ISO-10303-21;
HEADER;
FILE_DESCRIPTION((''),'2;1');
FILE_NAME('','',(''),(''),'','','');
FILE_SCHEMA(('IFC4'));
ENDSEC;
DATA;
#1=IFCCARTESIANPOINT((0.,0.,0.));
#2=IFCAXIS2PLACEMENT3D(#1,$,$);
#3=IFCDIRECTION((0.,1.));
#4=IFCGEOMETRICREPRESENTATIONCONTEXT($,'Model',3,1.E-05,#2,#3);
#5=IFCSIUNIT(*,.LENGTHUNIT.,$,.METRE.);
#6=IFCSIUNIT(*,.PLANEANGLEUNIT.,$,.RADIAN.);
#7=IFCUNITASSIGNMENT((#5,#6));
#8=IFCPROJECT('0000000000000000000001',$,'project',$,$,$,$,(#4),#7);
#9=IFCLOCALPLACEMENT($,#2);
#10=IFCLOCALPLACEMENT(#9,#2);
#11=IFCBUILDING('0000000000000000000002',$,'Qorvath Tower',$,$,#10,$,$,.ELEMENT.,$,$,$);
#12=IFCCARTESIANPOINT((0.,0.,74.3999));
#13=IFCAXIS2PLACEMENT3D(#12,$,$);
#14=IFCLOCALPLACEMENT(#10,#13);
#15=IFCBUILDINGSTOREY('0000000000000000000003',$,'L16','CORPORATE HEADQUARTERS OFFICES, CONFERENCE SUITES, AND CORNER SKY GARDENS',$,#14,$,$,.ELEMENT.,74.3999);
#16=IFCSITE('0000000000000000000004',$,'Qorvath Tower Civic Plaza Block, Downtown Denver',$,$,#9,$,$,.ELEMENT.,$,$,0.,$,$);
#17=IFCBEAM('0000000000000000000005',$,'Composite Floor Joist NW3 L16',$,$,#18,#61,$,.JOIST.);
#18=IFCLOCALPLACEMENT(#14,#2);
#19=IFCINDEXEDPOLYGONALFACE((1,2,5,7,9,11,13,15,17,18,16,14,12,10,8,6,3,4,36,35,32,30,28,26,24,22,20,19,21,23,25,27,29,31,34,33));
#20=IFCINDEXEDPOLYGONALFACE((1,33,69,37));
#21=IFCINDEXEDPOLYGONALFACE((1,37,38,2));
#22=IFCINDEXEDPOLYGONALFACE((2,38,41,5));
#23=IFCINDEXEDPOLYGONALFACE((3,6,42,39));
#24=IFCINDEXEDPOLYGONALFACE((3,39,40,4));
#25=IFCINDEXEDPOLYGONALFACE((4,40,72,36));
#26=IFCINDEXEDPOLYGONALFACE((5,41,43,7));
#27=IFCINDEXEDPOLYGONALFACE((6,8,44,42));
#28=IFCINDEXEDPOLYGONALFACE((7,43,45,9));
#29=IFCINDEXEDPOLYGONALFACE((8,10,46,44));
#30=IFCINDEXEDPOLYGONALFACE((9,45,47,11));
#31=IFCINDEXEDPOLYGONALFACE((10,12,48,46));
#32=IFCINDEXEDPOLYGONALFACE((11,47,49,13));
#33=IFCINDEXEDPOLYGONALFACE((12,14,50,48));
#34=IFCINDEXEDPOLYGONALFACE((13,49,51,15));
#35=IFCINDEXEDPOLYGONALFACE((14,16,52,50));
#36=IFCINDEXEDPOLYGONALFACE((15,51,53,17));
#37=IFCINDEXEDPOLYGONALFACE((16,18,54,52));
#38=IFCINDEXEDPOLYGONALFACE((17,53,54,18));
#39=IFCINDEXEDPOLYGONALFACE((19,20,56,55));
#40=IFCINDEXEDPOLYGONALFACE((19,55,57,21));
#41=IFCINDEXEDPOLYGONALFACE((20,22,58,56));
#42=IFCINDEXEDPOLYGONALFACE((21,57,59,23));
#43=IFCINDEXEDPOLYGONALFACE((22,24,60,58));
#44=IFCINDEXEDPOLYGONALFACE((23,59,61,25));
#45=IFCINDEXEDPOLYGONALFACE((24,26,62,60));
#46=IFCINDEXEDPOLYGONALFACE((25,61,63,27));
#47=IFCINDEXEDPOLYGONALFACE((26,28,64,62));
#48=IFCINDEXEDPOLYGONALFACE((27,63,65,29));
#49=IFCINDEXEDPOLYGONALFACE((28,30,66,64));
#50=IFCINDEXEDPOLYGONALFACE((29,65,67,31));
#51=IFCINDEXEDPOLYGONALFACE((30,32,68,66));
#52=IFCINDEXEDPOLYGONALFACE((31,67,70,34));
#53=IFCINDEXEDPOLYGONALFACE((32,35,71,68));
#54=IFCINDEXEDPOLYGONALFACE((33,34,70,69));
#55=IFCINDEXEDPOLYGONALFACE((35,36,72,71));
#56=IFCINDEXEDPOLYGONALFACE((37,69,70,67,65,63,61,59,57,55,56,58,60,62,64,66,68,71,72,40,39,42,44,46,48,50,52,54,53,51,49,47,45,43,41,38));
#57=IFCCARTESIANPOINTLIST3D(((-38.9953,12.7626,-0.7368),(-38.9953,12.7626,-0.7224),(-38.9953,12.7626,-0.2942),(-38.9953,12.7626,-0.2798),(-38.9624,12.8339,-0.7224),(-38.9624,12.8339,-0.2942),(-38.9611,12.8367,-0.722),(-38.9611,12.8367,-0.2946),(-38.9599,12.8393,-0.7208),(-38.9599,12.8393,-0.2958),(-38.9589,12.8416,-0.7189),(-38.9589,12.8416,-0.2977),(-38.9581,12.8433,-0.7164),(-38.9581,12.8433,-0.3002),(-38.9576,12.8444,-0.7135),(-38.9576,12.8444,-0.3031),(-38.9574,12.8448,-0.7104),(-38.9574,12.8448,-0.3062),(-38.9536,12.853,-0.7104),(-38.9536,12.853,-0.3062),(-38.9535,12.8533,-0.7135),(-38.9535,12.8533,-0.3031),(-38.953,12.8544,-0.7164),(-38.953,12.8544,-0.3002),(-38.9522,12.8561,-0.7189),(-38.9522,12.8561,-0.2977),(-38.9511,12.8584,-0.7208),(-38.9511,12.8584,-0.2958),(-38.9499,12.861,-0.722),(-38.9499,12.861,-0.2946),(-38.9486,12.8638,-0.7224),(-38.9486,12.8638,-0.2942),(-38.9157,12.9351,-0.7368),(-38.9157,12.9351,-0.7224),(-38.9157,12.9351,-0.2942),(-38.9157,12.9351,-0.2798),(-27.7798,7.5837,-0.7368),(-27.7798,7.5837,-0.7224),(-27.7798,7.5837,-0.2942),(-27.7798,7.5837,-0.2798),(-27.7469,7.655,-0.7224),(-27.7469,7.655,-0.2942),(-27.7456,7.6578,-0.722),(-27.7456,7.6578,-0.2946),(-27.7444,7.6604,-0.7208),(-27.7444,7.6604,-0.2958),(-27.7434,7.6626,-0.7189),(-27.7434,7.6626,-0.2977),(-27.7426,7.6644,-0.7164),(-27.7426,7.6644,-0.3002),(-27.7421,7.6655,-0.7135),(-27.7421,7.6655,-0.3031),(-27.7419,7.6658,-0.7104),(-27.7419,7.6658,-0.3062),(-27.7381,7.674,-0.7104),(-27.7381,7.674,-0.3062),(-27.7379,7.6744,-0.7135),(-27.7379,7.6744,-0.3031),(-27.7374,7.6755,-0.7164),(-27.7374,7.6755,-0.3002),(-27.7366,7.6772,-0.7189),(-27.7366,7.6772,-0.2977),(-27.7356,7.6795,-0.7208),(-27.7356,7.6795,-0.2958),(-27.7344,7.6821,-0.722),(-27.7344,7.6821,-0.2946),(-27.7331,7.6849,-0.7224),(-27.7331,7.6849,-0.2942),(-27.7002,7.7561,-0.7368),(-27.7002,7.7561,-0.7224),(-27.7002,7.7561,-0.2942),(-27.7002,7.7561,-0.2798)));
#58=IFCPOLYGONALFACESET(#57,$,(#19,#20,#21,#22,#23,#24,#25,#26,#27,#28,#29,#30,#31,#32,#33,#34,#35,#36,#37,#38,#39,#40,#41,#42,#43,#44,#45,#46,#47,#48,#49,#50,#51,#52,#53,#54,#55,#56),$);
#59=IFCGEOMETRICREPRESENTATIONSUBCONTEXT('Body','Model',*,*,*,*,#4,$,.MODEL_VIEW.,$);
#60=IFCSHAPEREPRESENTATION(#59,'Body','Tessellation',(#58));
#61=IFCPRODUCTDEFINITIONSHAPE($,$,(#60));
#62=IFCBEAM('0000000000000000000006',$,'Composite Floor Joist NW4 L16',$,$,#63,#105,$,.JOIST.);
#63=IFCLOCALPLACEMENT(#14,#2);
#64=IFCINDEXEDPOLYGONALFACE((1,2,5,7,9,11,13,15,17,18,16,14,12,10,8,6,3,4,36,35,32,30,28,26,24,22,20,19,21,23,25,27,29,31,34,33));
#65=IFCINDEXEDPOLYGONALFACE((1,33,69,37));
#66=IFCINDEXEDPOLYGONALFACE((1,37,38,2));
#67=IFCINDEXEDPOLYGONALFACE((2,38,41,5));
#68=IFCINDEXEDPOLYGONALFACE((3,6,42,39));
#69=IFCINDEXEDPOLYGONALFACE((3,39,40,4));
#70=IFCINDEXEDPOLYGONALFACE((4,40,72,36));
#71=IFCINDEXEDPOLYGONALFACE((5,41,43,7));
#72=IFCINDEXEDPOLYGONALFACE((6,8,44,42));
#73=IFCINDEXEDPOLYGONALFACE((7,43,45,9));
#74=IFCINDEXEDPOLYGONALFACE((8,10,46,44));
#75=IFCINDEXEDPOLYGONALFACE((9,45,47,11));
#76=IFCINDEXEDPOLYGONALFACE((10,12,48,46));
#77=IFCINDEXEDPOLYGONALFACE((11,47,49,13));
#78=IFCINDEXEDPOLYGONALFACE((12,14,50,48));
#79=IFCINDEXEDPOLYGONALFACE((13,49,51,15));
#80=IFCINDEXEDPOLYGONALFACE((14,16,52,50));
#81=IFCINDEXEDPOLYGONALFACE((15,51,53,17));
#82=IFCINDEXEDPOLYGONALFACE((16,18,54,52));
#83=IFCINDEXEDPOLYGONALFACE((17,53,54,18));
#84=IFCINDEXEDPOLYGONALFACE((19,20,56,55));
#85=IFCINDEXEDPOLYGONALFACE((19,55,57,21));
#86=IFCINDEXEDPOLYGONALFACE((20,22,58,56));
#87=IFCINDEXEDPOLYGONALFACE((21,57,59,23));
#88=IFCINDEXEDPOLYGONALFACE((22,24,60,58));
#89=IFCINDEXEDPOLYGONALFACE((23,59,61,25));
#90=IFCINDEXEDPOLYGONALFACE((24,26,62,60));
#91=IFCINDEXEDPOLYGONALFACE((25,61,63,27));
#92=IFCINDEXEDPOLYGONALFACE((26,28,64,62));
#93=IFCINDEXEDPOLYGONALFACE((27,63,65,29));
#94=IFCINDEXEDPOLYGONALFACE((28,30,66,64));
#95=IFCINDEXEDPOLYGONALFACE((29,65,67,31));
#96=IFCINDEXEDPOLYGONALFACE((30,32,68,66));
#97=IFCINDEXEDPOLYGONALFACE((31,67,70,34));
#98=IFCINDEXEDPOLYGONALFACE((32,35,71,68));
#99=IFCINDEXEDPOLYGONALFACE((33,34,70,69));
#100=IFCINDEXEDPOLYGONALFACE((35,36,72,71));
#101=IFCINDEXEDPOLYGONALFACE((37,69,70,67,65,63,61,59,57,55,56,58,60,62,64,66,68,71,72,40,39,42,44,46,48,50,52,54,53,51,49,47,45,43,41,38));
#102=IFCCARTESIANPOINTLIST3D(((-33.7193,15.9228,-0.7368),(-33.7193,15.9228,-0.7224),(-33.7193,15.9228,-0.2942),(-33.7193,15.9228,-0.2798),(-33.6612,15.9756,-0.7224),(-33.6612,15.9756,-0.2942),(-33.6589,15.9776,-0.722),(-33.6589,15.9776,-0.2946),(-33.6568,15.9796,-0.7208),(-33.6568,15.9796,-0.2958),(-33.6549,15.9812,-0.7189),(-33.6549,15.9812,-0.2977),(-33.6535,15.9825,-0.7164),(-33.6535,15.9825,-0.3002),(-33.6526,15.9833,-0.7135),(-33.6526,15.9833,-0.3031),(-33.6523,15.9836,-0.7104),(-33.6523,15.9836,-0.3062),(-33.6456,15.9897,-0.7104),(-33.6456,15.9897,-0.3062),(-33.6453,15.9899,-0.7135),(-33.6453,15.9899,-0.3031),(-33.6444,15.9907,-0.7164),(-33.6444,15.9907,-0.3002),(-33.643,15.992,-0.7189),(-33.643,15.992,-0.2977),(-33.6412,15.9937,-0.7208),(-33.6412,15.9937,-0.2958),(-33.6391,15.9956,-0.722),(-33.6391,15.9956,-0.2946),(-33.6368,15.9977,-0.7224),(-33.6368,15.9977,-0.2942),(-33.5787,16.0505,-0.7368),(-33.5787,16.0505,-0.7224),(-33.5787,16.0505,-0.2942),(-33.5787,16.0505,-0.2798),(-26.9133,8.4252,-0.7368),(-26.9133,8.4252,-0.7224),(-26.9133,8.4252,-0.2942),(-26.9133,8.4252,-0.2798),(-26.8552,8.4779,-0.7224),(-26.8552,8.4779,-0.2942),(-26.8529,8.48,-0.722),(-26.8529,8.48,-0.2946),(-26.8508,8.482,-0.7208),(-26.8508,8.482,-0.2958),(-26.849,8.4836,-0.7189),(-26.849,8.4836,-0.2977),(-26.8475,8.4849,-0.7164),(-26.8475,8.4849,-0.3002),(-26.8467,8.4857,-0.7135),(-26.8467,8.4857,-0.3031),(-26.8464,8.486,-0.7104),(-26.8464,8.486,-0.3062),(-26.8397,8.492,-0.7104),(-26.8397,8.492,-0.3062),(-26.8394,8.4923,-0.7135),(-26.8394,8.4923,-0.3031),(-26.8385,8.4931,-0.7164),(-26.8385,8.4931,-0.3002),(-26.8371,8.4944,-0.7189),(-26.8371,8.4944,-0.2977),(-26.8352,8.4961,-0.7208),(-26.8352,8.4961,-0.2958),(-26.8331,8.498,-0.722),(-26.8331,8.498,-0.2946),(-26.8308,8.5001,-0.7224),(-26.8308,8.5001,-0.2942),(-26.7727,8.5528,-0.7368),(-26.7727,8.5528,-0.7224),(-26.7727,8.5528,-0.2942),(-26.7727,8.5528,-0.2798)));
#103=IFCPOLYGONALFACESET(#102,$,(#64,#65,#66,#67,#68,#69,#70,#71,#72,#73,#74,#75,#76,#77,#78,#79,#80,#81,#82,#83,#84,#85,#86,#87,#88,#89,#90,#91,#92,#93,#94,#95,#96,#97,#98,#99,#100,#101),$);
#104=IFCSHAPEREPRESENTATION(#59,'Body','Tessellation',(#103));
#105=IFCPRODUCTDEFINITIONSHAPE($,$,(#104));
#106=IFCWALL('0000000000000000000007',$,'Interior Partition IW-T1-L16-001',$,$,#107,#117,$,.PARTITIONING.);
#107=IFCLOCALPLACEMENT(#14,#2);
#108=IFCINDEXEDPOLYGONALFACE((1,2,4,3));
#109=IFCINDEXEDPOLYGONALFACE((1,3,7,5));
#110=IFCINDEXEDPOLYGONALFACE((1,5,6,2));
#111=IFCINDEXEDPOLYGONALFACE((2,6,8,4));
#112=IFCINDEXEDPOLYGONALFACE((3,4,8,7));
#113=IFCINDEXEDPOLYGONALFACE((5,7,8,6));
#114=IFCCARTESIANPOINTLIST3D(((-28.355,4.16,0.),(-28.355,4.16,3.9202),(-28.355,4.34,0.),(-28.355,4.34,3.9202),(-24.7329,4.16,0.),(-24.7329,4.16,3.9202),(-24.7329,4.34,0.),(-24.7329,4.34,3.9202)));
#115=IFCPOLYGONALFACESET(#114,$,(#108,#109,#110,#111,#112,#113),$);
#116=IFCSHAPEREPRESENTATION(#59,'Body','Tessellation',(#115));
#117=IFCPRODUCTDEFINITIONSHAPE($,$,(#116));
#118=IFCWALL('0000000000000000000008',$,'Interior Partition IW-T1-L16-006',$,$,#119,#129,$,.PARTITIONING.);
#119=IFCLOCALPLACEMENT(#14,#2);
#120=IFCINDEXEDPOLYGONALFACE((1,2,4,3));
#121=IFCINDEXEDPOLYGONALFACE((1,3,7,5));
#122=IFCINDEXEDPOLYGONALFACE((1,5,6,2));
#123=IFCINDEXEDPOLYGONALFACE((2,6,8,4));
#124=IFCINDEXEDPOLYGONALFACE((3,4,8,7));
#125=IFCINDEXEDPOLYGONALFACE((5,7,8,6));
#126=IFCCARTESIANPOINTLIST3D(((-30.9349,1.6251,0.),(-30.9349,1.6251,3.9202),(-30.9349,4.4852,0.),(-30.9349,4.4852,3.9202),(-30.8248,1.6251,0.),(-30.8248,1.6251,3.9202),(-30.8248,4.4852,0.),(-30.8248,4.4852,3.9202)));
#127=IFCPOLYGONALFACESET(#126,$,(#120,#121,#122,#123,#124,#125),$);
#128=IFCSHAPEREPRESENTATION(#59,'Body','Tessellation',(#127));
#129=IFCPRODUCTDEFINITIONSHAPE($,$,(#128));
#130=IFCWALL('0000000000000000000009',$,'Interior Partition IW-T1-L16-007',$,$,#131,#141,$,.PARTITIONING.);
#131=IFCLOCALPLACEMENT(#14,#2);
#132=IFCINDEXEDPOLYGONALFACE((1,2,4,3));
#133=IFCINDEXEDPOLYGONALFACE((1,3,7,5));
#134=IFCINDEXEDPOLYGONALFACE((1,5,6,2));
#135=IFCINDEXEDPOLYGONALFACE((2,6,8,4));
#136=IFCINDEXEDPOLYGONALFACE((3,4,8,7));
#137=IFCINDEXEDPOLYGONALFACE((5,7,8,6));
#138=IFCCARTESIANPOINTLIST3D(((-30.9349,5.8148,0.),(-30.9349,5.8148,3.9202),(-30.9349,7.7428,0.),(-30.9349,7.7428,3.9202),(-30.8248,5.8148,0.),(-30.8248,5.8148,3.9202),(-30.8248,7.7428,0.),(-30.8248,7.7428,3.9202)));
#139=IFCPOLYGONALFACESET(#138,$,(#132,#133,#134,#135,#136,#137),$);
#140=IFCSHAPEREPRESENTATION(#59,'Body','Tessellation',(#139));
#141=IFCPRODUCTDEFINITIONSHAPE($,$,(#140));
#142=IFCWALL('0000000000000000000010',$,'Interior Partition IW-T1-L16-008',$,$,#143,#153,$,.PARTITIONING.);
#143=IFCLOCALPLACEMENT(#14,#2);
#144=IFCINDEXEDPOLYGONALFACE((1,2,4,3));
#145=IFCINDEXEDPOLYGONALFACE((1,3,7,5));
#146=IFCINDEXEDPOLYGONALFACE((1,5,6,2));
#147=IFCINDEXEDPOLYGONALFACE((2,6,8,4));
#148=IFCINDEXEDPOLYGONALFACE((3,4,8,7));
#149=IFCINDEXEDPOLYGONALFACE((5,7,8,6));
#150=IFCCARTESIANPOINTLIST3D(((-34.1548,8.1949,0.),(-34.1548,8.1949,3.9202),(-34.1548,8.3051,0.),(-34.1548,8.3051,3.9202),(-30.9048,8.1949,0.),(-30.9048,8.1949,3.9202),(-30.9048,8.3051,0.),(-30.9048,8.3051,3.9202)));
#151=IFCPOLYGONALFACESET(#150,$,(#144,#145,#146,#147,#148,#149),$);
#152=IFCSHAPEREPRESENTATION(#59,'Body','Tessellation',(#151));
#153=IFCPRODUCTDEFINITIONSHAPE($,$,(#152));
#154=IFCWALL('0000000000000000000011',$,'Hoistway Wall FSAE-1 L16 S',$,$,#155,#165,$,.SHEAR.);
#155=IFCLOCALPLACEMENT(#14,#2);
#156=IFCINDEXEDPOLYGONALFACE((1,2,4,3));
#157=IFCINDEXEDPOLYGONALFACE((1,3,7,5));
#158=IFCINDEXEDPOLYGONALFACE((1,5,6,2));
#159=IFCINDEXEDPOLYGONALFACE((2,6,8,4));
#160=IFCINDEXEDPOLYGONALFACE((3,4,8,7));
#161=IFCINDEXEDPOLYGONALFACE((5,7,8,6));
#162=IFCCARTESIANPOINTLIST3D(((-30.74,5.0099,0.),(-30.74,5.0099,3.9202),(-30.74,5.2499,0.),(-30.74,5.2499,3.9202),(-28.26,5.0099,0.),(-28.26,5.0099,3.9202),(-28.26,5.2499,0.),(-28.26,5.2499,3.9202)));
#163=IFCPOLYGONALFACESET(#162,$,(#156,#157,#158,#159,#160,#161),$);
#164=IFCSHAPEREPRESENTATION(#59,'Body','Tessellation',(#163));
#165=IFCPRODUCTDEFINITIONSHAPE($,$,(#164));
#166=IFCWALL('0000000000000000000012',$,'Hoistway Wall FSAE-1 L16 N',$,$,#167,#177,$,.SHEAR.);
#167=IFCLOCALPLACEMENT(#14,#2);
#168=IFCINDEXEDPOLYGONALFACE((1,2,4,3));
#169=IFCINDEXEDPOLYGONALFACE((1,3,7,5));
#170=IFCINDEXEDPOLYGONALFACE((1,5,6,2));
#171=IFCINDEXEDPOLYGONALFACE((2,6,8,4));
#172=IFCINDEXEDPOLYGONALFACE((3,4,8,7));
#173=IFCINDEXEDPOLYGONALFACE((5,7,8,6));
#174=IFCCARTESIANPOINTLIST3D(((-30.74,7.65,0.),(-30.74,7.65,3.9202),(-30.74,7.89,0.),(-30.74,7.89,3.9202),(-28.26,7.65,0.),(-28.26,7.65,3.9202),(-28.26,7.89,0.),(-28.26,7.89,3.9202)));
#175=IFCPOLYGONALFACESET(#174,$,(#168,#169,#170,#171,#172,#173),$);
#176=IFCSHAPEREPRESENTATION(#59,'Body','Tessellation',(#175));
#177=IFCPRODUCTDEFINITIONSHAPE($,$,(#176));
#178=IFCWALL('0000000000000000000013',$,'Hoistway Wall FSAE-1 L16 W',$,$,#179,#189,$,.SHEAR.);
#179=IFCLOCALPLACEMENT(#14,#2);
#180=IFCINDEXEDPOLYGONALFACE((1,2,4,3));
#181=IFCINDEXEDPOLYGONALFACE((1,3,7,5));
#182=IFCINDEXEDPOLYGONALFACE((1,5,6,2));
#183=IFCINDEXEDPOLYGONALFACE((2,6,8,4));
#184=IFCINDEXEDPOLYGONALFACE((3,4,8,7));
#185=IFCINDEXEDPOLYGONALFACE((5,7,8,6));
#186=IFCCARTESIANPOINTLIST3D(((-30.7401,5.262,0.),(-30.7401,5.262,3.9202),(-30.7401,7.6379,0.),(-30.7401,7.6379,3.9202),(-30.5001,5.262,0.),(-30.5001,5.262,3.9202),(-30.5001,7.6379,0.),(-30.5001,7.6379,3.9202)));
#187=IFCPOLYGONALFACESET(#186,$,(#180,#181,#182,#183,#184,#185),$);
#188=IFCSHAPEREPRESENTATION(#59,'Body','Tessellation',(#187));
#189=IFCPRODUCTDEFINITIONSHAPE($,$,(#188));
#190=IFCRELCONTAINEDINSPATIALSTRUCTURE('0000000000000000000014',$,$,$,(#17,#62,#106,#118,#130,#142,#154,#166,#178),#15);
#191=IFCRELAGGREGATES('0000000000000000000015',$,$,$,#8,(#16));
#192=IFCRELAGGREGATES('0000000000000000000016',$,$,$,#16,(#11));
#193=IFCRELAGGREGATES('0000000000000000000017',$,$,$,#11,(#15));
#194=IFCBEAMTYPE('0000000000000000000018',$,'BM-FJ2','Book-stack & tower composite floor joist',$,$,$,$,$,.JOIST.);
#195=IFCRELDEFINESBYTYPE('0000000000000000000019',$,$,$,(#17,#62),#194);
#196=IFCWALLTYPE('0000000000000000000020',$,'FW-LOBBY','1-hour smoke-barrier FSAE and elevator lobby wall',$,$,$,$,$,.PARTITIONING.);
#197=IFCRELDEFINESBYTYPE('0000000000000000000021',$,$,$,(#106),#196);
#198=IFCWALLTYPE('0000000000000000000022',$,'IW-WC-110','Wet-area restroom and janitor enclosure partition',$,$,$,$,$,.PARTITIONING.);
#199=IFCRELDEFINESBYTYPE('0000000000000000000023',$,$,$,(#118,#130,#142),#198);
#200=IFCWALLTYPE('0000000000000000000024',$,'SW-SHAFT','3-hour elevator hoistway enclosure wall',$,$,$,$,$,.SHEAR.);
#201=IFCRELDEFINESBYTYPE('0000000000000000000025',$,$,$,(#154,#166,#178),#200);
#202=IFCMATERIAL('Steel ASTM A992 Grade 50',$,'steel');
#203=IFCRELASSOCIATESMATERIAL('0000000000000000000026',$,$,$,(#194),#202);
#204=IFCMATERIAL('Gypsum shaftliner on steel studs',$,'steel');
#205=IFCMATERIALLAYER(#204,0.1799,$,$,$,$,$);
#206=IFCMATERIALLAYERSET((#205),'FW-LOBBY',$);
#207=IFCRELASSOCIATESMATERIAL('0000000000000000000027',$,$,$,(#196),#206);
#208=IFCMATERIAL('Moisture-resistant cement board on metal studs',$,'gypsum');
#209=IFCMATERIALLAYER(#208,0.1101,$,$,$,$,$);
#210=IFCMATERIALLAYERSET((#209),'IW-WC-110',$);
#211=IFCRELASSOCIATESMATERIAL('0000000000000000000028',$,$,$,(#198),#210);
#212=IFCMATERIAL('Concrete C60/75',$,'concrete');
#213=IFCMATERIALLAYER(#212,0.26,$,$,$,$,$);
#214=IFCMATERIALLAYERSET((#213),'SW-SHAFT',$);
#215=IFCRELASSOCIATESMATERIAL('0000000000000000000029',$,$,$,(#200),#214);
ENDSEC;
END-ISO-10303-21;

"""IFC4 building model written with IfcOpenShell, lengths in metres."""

from ifc_helpers import new_model, si_unit, direction, frame, frame_2d, origin, origin_2d, place, context, subcontext, project, spatial, rectangle, i_section, extrude, material, layer, layer_set, material_profile, profile_set, type_object, element, save


model = new_model("IFC4")

# Units and contexts
model_context = context("Model", 3, precision=1e-05, world=origin(), true_north=direction((0.0, 1.0)))
body_context = subcontext(model_context, "Body", "Model", "MODEL_VIEW")
ifc_project = project(units=[si_unit("LENGTHUNIT", "METRE"), si_unit("PLANEANGLEUNIT", "RADIAN")], contexts=[model_context])

# Site, building, storey
site_placement = place(None, origin())
site = spatial("IfcSite", under=ifc_project, at=site_placement, Name="Qorvath Tower Civic Plaza Block, Downtown Denver", CompositionType="ELEMENT", RefElevation=0.0)
building_placement = place(site_placement, origin())
building = spatial("IfcBuilding", under=site, at=building_placement, Name="Qorvath Tower", CompositionType="ELEMENT")
storey_placement = place(building_placement, frame((0.0, 0.0, 74.3999)))
storey = spatial("IfcBuildingStorey", under=building, at=storey_placement, Name="L16", Description="CORPORATE HEADQUARTERS OFFICES, CONFERENCE SUITES, AND CORNER SKY GARDENS", CompositionType="ELEMENT", Elevation=74.3999)

# Beams
ifc_material_1 = material(Name="Steel ASTM A992 Grade 50", Category="steel")
ifc_material_profile_1 = material_profile(ifc_material_1, i_section(OverallWidth=0.1899, OverallDepth=0.457, WebThickness=0.009, FlangeThickness=0.0144, FilletRadius=0.012, at=origin_2d()), Name="W18x50")
ifc_profile_set_1 = profile_set([ifc_material_profile_1], Name="Steel ASTM A992 Grade 50")
beam_type_1 = type_object("IfcBeamType", Name="BM-FJ2", Description="Book-stack & tower composite floor joist", PredefinedType="JOIST", material=ifc_profile_set_1)
beam_1_placement = place(storey_placement, frame((-27.74, 7.6699, -0.5083), z_axis=(-0.907881, 0.419227, 0.0), x_axis=(-0.419227, -0.907881, 0.0)))
element("IfcBeam", 1, at=beam_1_placement, inside=storey, type_object=beam_type_1, Name="Composite Floor Joist NW3 L16", PredefinedType="JOIST", context=body_context, shape_type="SweptSolid", body=[
    extrude(i_section(OverallWidth=0.1899, OverallDepth=0.457, WebThickness=0.009, FlangeThickness=0.0144, FilletRadius=0.012, at=origin_2d()), origin(), (0.0, 0.0, 1.0), 12.3535),
])
beam_2_placement = place(storey_placement, frame((-26.843, 8.489, -0.5083), z_axis=(-0.672129, 0.740434, 0.0), x_axis=(-0.740434, -0.672129, 0.0)))
element("IfcBeam", 2, at=beam_2_placement, inside=storey, type_object=beam_type_1, Name="Composite Floor Joist NW4 L16", PredefinedType="JOIST", context=body_context, shape_type="SweptSolid", body=[
    extrude(i_section(OverallWidth=0.1899, OverallDepth=0.457, WebThickness=0.009, FlangeThickness=0.0144, FilletRadius=0.012, at=origin_2d()), origin(), (0.0, 0.0, 1.0), 10.126),
])

# Wall
ifc_material_2 = material(Name="Gypsum shaftliner on steel studs", Category="steel")
ifc_layer_1 = layer(ifc_material_2, 0.1799)
ifc_layer_set_1 = layer_set([ifc_layer_1], Name="FW-LOBBY")
wall_type_1 = type_object("IfcWallType", Name="FW-LOBBY", Description="1-hour smoke-barrier FSAE and elevator lobby wall", PredefinedType="PARTITIONING", material=ifc_layer_set_1)
wall_1_placement = place(storey_placement, frame((-28.355, 4.25, 0.0), z_axis=(0.0, 0.0, 1.0), x_axis=(1.0, 0.0, 0.0)))
element("IfcWall", 3, at=wall_1_placement, inside=storey, type_object=wall_type_1, Name="Interior Partition IW-T1-L16-001", PredefinedType="PARTITIONING", context=body_context, shape_type="SweptSolid", body=[
    extrude(rectangle(XDim=3.6221, YDim=0.1799, at=frame_2d((1.811, 0.0))), origin(), (0.0, 0.0, 1.0), 3.9202),
])

# Walls
ifc_material_3 = material(Name="Moisture-resistant cement board on metal studs", Category="gypsum")
ifc_layer_2 = layer(ifc_material_3, 0.1101)
ifc_layer_set_2 = layer_set([ifc_layer_2], Name="IW-WC-110")
wall_type_2 = type_object("IfcWallType", Name="IW-WC-110", Description="Wet-area restroom and janitor enclosure partition", PredefinedType="PARTITIONING", material=ifc_layer_set_2)
wall_2_placement = place(storey_placement, frame((-30.8799, 1.625, 0.0), z_axis=(0.0, 0.0, 1.0), x_axis=(0.0, 1.0, 0.0)))
element("IfcWall", 4, at=wall_2_placement, inside=storey, type_object=wall_type_2, Name="Interior Partition IW-T1-L16-006", PredefinedType="PARTITIONING", context=body_context, shape_type="SweptSolid", body=[
    extrude(rectangle(XDim=2.8601, YDim=0.1101, at=frame_2d((1.4302, 0.0))), origin(), (0.0, 0.0, 1.0), 3.9202),
])
wall_3_placement = place(storey_placement, frame((-30.8799, 5.8149, 0.0), z_axis=(0.0, 0.0, 1.0), x_axis=(0.0, 1.0, 0.0)))
element("IfcWall", 5, at=wall_3_placement, inside=storey, type_object=wall_type_2, Name="Interior Partition IW-T1-L16-007", PredefinedType="PARTITIONING", context=body_context, shape_type="SweptSolid", body=[
    extrude(rectangle(XDim=1.928, YDim=0.1101, at=frame_2d((0.9639, 0.0))), origin(), (0.0, 0.0, 1.0), 3.9202),
])
wall_4_placement = place(storey_placement, frame((-30.9048, 8.25, 0.0), z_axis=(0.0, 0.0, 1.0), x_axis=(-1.0, 0.0, 0.0)))
element("IfcWall", 6, at=wall_4_placement, inside=storey, type_object=wall_type_2, Name="Interior Partition IW-T1-L16-008", PredefinedType="PARTITIONING", context=body_context, shape_type="SweptSolid", body=[
    extrude(rectangle(XDim=3.25, YDim=0.1101, at=frame_2d((1.625, 0.0))), origin(), (0.0, 0.0, 1.0), 3.9202),
])
ifc_material_4 = material(Name="Concrete C60/75", Category="concrete")
ifc_layer_3 = layer(ifc_material_4, 0.26)
ifc_layer_set_3 = layer_set([ifc_layer_3], Name="SW-SHAFT")
wall_type_3 = type_object("IfcWallType", Name="SW-SHAFT", Description="3-hour elevator hoistway enclosure wall", PredefinedType="SHEAR", material=ifc_layer_set_3)
for number, where, z_axis, x_axis, name in (
    (7, (-28.26, 5.1299, 0.0), (0.0, 0.0, 1.0), (-1.0, 0.0, 0.0), "Hoistway Wall FSAE-1 L16 S"),
    (8, (-30.74, 7.77, 0.0), (0.0, 0.0, 1.0), (1.0, 0.0, 0.0), "Hoistway Wall FSAE-1 L16 N"),
):
    element("IfcWall", number, at=place(storey_placement, frame(where, z_axis=z_axis, x_axis=x_axis)), inside=storey, type_object=wall_type_3, Name=name, PredefinedType="SHEAR", context=body_context, shape_type="SweptSolid", body=[
        extrude(rectangle(XDim=2.48, YDim=0.24, at=frame_2d((1.24, 0.0))), origin(), (0.0, 0.0, 1.0), 3.9202),
    ])
wall_5_placement = place(storey_placement, frame((-30.6201, 5.262, 0.0), z_axis=(0.0, 0.0, 1.0), x_axis=(0.0, 1.0, 0.0)))
element("IfcWall", 9, at=wall_5_placement, inside=storey, type_object=wall_type_3, Name="Hoistway Wall FSAE-1 L16 W", PredefinedType="SHEAR", context=body_context, shape_type="SweptSolid", body=[
    extrude(rectangle(XDim=2.376, YDim=0.24, at=frame_2d((1.188, 0.0))), origin(), (0.0, 0.0, 1.0), 3.9202),
])

save(model, "model.ifc")
